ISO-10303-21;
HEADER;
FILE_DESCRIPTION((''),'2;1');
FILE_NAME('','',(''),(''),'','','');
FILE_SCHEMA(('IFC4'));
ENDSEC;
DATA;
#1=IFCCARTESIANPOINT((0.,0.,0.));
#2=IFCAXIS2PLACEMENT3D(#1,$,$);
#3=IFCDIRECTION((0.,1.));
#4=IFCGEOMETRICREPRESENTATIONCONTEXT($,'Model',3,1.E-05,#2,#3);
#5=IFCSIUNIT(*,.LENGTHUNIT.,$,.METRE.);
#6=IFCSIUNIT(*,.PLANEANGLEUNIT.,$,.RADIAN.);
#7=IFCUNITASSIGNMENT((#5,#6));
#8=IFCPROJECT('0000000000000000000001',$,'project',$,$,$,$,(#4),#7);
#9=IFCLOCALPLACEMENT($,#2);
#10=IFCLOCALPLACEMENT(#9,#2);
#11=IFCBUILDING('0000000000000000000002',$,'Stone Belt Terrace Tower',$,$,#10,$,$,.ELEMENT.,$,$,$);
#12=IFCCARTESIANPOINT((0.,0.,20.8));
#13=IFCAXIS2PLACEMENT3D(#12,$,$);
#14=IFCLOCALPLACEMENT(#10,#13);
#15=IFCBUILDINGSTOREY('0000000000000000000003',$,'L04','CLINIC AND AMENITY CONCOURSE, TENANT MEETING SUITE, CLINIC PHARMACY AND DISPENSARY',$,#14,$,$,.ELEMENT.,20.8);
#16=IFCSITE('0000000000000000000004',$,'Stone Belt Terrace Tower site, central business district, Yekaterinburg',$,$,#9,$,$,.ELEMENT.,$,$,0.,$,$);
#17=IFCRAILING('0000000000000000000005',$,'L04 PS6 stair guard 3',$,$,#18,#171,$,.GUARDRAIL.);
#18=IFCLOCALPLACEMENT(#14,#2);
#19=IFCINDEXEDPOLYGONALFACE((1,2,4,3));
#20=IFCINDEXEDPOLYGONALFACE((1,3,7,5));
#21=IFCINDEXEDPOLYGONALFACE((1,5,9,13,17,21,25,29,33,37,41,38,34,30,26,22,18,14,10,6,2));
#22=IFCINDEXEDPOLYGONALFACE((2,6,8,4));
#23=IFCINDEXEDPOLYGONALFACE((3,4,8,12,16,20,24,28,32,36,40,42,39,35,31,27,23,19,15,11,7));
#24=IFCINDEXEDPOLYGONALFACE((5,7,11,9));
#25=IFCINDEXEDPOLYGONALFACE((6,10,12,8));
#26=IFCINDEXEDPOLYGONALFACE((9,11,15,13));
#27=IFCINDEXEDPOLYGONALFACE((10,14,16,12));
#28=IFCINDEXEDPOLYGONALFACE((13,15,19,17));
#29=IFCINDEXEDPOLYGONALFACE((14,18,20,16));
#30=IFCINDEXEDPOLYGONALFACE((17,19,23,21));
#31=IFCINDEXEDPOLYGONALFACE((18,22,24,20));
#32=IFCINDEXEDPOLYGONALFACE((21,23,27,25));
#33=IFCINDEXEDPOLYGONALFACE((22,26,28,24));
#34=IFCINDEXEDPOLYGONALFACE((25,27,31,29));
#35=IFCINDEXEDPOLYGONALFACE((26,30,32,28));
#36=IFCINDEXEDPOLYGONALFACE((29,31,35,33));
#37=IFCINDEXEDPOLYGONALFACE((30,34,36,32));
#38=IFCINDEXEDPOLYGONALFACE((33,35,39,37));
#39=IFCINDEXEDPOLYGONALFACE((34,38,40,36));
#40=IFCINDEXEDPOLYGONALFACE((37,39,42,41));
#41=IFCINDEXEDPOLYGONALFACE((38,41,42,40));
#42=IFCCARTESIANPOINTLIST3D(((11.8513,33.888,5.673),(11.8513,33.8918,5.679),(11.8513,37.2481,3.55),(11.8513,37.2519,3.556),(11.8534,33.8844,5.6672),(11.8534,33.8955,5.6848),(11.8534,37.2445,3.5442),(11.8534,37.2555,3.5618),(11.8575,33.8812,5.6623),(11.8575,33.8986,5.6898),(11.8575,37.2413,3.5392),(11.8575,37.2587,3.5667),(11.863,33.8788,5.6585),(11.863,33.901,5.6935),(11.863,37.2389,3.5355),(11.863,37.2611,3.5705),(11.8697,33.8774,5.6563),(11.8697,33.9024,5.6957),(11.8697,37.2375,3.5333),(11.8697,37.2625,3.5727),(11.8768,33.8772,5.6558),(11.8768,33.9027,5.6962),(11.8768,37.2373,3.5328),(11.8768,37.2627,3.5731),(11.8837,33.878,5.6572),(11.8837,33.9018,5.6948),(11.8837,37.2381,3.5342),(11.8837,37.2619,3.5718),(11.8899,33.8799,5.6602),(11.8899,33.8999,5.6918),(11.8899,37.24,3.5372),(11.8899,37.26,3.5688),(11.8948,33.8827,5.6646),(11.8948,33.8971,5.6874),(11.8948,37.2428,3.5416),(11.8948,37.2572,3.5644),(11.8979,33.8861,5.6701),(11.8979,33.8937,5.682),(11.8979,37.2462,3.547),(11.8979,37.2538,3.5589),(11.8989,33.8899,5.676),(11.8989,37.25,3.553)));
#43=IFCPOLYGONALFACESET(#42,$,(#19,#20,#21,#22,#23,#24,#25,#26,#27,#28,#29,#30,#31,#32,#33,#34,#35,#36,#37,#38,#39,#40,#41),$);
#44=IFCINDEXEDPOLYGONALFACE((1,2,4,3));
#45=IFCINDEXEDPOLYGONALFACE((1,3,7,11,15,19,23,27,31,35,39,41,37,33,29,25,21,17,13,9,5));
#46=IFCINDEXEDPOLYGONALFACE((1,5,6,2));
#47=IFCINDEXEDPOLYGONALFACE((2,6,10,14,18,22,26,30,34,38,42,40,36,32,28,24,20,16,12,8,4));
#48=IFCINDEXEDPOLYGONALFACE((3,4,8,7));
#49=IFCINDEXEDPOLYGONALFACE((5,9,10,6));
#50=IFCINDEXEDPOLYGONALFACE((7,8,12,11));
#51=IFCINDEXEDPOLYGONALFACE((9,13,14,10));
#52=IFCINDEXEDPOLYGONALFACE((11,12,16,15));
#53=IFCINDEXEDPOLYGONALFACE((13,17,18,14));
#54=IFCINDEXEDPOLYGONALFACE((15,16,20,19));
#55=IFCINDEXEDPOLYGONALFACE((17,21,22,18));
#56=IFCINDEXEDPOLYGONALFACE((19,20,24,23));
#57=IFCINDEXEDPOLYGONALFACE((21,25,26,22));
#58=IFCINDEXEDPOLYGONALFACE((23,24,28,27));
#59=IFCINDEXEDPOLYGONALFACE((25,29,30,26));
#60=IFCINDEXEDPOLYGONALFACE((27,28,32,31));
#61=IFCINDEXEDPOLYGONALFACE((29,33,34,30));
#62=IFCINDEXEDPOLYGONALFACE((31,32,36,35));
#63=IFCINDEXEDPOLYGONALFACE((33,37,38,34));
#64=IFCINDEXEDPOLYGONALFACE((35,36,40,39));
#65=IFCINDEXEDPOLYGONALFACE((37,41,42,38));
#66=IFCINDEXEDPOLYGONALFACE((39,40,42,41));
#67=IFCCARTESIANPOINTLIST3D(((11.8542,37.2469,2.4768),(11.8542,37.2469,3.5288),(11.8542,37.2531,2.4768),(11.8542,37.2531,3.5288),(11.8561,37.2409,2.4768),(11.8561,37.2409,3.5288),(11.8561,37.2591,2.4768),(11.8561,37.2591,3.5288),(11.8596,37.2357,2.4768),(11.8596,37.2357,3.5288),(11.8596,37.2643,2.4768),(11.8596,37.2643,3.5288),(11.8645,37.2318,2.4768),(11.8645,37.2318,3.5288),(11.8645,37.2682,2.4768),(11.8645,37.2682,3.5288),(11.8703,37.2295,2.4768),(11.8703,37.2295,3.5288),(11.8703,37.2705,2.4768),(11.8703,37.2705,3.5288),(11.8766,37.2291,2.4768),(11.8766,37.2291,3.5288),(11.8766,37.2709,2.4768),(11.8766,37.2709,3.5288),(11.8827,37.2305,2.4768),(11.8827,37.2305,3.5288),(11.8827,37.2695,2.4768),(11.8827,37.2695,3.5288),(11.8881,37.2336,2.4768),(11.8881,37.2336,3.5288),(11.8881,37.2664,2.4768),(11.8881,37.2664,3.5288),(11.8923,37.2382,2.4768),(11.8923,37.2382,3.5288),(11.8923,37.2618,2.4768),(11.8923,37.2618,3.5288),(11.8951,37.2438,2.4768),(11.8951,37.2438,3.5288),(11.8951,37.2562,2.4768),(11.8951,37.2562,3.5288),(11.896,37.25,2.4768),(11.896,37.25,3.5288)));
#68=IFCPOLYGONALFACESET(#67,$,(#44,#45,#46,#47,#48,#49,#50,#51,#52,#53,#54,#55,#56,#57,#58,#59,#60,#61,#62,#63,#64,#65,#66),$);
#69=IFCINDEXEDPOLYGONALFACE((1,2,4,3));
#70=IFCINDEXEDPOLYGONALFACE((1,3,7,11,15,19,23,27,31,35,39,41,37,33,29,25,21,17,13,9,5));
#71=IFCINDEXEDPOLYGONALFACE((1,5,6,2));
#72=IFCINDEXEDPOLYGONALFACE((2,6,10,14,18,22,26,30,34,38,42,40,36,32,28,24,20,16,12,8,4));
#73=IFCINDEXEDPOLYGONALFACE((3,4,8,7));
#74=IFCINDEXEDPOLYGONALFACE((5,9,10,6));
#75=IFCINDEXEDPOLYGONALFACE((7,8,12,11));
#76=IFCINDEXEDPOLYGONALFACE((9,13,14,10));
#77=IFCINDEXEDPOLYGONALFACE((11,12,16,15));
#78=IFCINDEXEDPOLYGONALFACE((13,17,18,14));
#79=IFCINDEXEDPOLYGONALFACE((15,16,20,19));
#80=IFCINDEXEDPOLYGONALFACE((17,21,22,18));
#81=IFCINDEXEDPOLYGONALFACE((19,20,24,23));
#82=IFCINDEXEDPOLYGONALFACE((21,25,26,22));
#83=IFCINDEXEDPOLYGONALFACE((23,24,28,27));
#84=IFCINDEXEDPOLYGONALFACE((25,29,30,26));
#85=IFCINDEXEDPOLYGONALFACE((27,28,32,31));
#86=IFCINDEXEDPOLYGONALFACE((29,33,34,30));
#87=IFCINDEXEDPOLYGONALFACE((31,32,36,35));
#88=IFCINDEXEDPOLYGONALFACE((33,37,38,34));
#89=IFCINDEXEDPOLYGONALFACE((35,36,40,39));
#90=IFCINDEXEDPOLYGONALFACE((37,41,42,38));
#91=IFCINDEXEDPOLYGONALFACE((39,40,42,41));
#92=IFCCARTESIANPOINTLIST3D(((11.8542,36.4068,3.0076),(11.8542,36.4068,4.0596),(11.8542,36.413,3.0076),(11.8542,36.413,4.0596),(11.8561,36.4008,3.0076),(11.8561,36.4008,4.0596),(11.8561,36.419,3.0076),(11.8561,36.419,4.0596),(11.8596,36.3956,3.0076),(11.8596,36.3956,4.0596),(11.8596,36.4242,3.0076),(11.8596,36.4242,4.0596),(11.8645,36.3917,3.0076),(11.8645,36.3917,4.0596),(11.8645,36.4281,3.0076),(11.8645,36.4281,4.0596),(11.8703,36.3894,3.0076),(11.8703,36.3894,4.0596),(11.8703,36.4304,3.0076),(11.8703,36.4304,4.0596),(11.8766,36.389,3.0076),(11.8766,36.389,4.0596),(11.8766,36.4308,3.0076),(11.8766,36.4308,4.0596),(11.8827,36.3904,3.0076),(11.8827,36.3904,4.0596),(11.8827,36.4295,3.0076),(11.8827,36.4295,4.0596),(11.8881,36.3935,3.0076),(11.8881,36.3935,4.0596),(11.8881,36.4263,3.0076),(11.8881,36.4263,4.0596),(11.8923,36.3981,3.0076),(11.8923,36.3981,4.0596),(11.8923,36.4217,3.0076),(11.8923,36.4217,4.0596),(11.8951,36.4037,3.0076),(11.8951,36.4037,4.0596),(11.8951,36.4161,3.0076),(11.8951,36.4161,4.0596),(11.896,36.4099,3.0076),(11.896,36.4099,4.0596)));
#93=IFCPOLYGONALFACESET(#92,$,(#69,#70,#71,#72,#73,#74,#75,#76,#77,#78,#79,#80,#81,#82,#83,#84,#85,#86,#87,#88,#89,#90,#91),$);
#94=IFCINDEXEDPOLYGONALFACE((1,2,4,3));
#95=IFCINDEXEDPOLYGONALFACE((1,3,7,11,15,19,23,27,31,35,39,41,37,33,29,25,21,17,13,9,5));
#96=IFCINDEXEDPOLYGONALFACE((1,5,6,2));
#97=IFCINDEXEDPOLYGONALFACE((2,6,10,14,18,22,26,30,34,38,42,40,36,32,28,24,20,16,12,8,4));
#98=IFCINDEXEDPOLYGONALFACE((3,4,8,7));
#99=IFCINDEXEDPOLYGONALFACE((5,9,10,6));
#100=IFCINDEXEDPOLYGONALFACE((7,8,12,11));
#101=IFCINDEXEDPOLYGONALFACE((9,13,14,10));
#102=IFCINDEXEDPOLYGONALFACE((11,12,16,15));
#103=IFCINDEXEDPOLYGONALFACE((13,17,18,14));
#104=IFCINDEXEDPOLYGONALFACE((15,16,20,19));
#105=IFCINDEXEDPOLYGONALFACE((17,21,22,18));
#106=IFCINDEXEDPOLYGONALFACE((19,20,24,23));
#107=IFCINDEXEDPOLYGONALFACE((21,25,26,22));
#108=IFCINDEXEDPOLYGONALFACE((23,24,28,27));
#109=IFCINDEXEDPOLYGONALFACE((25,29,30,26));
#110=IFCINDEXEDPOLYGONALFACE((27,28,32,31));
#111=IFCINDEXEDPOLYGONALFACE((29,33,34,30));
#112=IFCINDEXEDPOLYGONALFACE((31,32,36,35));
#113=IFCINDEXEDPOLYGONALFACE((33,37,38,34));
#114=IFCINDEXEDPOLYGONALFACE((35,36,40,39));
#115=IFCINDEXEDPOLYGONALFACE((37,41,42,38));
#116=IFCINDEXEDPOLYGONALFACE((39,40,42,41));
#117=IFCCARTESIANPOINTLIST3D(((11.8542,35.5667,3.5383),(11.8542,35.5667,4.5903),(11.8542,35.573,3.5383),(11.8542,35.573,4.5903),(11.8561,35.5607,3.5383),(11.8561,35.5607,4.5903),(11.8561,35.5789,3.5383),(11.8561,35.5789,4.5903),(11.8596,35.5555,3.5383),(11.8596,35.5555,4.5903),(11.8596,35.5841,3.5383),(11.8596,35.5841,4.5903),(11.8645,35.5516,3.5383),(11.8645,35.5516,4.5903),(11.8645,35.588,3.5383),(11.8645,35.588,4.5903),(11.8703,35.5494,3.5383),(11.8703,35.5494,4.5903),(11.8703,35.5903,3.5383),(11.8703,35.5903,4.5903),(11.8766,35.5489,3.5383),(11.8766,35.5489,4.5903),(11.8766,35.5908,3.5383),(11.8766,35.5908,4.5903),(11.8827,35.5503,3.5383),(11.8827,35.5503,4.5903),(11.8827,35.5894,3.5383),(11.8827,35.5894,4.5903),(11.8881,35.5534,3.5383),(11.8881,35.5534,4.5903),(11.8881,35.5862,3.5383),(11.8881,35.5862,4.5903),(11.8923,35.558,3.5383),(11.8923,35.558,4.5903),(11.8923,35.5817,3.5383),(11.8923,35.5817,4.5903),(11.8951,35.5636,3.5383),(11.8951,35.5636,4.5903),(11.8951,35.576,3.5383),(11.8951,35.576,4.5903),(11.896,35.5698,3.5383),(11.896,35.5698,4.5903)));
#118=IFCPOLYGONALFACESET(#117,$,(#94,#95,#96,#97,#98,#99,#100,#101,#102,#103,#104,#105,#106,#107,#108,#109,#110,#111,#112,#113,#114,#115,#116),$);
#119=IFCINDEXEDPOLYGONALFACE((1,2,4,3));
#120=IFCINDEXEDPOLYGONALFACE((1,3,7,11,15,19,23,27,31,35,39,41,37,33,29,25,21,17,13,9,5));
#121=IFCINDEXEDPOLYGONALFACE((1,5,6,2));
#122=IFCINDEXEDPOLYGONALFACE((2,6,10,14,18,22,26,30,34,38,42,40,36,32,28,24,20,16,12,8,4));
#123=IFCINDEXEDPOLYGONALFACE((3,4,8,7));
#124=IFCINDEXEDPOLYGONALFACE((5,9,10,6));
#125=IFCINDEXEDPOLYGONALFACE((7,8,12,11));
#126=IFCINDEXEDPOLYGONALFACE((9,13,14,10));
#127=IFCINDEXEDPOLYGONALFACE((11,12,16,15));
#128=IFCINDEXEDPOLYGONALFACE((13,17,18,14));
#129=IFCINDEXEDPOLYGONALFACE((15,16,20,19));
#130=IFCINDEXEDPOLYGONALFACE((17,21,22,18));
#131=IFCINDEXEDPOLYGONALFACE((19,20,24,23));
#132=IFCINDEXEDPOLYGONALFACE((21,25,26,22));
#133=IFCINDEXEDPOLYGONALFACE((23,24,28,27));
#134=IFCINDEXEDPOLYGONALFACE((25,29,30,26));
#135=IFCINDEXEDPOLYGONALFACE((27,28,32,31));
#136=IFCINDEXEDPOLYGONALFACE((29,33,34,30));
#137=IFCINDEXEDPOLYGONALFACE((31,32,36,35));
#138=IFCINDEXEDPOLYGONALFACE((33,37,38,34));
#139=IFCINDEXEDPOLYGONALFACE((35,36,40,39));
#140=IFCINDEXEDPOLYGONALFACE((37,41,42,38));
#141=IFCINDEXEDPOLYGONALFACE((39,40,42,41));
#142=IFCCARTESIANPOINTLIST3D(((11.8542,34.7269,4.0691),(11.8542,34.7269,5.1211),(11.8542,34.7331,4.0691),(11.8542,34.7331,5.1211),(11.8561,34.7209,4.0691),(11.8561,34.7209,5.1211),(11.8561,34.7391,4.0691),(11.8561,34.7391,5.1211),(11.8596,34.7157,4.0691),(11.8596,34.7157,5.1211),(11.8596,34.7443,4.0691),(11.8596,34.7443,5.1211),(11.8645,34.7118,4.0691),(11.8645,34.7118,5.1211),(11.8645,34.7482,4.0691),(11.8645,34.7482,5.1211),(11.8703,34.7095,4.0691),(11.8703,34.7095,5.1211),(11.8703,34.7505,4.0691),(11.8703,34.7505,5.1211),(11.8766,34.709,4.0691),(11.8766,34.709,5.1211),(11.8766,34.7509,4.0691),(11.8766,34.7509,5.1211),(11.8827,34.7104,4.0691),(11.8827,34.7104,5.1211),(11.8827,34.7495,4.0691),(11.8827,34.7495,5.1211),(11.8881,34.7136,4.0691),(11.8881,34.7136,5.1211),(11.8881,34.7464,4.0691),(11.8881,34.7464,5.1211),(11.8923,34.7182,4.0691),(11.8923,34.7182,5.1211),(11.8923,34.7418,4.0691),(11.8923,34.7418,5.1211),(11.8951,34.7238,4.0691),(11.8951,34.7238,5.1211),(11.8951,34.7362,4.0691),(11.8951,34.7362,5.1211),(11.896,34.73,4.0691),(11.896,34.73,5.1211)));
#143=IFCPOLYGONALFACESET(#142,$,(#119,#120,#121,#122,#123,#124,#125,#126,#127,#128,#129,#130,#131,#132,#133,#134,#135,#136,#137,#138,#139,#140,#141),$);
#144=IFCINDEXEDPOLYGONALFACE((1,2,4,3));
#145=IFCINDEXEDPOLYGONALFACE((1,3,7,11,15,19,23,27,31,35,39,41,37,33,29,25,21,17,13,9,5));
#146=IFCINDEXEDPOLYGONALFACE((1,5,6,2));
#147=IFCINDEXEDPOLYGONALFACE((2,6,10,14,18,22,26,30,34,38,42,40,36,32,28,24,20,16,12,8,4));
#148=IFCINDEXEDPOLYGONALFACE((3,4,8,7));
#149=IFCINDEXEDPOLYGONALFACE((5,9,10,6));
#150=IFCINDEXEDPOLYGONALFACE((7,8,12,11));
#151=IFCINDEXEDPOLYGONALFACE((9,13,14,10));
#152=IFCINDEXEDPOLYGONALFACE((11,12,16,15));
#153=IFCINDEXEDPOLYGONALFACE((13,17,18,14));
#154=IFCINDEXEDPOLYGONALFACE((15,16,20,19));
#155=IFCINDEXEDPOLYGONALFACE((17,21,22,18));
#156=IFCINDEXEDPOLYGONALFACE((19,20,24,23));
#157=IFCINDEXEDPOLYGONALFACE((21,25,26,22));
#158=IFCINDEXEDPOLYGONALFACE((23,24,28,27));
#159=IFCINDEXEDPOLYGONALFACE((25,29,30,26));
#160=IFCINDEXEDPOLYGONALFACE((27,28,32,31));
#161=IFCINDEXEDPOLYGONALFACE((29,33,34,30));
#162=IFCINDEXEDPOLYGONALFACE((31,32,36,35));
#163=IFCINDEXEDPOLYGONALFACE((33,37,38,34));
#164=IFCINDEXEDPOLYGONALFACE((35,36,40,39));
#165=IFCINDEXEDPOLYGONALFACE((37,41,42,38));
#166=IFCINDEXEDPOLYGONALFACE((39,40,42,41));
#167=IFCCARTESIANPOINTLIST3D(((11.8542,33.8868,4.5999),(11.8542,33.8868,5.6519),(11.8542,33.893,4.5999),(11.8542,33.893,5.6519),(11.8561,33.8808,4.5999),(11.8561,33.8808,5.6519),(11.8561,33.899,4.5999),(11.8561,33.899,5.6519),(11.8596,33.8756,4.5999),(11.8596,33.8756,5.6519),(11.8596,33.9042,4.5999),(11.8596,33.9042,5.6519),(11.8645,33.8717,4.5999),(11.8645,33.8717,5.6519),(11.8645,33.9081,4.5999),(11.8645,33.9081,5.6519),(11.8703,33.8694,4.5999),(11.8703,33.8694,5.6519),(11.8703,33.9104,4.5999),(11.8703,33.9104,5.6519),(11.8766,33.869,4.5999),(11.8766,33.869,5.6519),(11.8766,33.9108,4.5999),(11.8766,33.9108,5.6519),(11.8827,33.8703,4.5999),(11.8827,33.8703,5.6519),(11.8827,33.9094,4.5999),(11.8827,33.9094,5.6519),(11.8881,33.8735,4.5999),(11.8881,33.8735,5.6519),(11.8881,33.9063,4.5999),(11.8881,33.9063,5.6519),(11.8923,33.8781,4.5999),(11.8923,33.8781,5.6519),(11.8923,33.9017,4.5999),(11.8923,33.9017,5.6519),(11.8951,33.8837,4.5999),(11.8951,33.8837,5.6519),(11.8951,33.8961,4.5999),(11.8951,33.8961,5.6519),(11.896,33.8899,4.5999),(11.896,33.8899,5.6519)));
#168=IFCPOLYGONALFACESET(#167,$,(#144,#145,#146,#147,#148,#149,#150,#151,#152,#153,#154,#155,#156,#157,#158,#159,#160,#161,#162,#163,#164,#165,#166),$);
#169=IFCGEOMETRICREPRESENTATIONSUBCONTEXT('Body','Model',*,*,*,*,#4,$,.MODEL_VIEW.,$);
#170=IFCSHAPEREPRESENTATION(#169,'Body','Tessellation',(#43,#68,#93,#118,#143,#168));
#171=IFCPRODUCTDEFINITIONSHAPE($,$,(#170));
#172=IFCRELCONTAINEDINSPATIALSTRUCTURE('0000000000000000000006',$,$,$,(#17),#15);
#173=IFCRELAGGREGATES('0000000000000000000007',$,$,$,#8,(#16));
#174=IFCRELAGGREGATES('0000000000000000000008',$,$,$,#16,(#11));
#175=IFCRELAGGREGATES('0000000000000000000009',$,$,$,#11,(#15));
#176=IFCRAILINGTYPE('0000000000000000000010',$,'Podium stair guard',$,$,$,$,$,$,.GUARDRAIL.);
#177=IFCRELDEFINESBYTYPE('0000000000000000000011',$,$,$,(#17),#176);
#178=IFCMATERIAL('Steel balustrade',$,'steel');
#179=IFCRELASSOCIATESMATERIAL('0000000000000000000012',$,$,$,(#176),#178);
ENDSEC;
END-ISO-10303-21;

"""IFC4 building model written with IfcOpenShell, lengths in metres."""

from ifc_helpers import new_model, si_unit, direction, frame, origin, origin_2d, place, context, subcontext, project, spatial, circle, extrude, material, type_object, element, save


model = new_model("IFC4")

# Units and contexts
model_context = context("Model", 3, precision=1e-05, world=origin(), true_north=direction((0.0, 1.0)))
body_context = subcontext(model_context, "Body", "Model", "MODEL_VIEW")
ifc_project = project(units=[si_unit("LENGTHUNIT", "METRE"), si_unit("PLANEANGLEUNIT", "RADIAN")], contexts=[model_context])

# Site, building, storey
site_placement = place(None, origin())
site = spatial("IfcSite", under=ifc_project, at=site_placement, Name="Stone Belt Terrace Tower site, central business district, Yekaterinburg", CompositionType="ELEMENT", RefElevation=0.0)
building_placement = place(site_placement, origin())
building = spatial("IfcBuilding", under=site, at=building_placement, Name="Stone Belt Terrace Tower", CompositionType="ELEMENT")
storey_placement = place(building_placement, frame((0.0, 0.0, 20.8)))
storey = spatial("IfcBuildingStorey", under=building, at=storey_placement, Name="L04", Description="CLINIC AND AMENITY CONCOURSE, TENANT MEETING SUITE, CLINIC PHARMACY AND DISPENSARY", CompositionType="ELEMENT", Elevation=20.8)

# Railing
ifc_material_1 = material(Name="Steel balustrade", Category="steel")
railing_type_1 = type_object("IfcRailingType", Name="Podium stair guard", PredefinedType="GUARDRAIL", material=ifc_material_1)
railing_1_placement = place(storey_placement, frame((11.875, 37.25, 2.4768)))
element("IfcRailing", 1, at=railing_1_placement, inside=storey, type_object=railing_type_1, Name="L04 PS6 stair guard 3", PredefinedType="GUARDRAIL", context=body_context, shape_type="SweptSolid", body=[
    extrude(circle(Radius=0.0239, at=origin_2d()), frame((0.0, 0.0, 1.0762), z_axis=(0.0, -0.84539, 0.53415), x_axis=(1.0, 0.0, 0.0)), (0.0, 0.0, 1.0), 3.9746),
    extrude(circle(Radius=0.021, at=origin_2d()), origin(), (0.0, 0.0, 1.0), 1.052),
    extrude(circle(Radius=0.021, at=origin_2d()), frame((0.0, -0.8401, 0.5308)), (0.0, 0.0, 1.0), 1.052),
    extrude(circle(Radius=0.021, at=origin_2d()), frame((0.0, -1.6802, 1.0615)), (0.0, 0.0, 1.0), 1.052),
    extrude(circle(Radius=0.021, at=origin_2d()), frame((0.0, -2.52, 1.5923)), (0.0, 0.0, 1.0), 1.052),
    extrude(circle(Radius=0.021, at=origin_2d()), frame((0.0, -3.3601, 2.123)), (0.0, 0.0, 1.0), 1.052),
])

save(model, "model.ifc")
